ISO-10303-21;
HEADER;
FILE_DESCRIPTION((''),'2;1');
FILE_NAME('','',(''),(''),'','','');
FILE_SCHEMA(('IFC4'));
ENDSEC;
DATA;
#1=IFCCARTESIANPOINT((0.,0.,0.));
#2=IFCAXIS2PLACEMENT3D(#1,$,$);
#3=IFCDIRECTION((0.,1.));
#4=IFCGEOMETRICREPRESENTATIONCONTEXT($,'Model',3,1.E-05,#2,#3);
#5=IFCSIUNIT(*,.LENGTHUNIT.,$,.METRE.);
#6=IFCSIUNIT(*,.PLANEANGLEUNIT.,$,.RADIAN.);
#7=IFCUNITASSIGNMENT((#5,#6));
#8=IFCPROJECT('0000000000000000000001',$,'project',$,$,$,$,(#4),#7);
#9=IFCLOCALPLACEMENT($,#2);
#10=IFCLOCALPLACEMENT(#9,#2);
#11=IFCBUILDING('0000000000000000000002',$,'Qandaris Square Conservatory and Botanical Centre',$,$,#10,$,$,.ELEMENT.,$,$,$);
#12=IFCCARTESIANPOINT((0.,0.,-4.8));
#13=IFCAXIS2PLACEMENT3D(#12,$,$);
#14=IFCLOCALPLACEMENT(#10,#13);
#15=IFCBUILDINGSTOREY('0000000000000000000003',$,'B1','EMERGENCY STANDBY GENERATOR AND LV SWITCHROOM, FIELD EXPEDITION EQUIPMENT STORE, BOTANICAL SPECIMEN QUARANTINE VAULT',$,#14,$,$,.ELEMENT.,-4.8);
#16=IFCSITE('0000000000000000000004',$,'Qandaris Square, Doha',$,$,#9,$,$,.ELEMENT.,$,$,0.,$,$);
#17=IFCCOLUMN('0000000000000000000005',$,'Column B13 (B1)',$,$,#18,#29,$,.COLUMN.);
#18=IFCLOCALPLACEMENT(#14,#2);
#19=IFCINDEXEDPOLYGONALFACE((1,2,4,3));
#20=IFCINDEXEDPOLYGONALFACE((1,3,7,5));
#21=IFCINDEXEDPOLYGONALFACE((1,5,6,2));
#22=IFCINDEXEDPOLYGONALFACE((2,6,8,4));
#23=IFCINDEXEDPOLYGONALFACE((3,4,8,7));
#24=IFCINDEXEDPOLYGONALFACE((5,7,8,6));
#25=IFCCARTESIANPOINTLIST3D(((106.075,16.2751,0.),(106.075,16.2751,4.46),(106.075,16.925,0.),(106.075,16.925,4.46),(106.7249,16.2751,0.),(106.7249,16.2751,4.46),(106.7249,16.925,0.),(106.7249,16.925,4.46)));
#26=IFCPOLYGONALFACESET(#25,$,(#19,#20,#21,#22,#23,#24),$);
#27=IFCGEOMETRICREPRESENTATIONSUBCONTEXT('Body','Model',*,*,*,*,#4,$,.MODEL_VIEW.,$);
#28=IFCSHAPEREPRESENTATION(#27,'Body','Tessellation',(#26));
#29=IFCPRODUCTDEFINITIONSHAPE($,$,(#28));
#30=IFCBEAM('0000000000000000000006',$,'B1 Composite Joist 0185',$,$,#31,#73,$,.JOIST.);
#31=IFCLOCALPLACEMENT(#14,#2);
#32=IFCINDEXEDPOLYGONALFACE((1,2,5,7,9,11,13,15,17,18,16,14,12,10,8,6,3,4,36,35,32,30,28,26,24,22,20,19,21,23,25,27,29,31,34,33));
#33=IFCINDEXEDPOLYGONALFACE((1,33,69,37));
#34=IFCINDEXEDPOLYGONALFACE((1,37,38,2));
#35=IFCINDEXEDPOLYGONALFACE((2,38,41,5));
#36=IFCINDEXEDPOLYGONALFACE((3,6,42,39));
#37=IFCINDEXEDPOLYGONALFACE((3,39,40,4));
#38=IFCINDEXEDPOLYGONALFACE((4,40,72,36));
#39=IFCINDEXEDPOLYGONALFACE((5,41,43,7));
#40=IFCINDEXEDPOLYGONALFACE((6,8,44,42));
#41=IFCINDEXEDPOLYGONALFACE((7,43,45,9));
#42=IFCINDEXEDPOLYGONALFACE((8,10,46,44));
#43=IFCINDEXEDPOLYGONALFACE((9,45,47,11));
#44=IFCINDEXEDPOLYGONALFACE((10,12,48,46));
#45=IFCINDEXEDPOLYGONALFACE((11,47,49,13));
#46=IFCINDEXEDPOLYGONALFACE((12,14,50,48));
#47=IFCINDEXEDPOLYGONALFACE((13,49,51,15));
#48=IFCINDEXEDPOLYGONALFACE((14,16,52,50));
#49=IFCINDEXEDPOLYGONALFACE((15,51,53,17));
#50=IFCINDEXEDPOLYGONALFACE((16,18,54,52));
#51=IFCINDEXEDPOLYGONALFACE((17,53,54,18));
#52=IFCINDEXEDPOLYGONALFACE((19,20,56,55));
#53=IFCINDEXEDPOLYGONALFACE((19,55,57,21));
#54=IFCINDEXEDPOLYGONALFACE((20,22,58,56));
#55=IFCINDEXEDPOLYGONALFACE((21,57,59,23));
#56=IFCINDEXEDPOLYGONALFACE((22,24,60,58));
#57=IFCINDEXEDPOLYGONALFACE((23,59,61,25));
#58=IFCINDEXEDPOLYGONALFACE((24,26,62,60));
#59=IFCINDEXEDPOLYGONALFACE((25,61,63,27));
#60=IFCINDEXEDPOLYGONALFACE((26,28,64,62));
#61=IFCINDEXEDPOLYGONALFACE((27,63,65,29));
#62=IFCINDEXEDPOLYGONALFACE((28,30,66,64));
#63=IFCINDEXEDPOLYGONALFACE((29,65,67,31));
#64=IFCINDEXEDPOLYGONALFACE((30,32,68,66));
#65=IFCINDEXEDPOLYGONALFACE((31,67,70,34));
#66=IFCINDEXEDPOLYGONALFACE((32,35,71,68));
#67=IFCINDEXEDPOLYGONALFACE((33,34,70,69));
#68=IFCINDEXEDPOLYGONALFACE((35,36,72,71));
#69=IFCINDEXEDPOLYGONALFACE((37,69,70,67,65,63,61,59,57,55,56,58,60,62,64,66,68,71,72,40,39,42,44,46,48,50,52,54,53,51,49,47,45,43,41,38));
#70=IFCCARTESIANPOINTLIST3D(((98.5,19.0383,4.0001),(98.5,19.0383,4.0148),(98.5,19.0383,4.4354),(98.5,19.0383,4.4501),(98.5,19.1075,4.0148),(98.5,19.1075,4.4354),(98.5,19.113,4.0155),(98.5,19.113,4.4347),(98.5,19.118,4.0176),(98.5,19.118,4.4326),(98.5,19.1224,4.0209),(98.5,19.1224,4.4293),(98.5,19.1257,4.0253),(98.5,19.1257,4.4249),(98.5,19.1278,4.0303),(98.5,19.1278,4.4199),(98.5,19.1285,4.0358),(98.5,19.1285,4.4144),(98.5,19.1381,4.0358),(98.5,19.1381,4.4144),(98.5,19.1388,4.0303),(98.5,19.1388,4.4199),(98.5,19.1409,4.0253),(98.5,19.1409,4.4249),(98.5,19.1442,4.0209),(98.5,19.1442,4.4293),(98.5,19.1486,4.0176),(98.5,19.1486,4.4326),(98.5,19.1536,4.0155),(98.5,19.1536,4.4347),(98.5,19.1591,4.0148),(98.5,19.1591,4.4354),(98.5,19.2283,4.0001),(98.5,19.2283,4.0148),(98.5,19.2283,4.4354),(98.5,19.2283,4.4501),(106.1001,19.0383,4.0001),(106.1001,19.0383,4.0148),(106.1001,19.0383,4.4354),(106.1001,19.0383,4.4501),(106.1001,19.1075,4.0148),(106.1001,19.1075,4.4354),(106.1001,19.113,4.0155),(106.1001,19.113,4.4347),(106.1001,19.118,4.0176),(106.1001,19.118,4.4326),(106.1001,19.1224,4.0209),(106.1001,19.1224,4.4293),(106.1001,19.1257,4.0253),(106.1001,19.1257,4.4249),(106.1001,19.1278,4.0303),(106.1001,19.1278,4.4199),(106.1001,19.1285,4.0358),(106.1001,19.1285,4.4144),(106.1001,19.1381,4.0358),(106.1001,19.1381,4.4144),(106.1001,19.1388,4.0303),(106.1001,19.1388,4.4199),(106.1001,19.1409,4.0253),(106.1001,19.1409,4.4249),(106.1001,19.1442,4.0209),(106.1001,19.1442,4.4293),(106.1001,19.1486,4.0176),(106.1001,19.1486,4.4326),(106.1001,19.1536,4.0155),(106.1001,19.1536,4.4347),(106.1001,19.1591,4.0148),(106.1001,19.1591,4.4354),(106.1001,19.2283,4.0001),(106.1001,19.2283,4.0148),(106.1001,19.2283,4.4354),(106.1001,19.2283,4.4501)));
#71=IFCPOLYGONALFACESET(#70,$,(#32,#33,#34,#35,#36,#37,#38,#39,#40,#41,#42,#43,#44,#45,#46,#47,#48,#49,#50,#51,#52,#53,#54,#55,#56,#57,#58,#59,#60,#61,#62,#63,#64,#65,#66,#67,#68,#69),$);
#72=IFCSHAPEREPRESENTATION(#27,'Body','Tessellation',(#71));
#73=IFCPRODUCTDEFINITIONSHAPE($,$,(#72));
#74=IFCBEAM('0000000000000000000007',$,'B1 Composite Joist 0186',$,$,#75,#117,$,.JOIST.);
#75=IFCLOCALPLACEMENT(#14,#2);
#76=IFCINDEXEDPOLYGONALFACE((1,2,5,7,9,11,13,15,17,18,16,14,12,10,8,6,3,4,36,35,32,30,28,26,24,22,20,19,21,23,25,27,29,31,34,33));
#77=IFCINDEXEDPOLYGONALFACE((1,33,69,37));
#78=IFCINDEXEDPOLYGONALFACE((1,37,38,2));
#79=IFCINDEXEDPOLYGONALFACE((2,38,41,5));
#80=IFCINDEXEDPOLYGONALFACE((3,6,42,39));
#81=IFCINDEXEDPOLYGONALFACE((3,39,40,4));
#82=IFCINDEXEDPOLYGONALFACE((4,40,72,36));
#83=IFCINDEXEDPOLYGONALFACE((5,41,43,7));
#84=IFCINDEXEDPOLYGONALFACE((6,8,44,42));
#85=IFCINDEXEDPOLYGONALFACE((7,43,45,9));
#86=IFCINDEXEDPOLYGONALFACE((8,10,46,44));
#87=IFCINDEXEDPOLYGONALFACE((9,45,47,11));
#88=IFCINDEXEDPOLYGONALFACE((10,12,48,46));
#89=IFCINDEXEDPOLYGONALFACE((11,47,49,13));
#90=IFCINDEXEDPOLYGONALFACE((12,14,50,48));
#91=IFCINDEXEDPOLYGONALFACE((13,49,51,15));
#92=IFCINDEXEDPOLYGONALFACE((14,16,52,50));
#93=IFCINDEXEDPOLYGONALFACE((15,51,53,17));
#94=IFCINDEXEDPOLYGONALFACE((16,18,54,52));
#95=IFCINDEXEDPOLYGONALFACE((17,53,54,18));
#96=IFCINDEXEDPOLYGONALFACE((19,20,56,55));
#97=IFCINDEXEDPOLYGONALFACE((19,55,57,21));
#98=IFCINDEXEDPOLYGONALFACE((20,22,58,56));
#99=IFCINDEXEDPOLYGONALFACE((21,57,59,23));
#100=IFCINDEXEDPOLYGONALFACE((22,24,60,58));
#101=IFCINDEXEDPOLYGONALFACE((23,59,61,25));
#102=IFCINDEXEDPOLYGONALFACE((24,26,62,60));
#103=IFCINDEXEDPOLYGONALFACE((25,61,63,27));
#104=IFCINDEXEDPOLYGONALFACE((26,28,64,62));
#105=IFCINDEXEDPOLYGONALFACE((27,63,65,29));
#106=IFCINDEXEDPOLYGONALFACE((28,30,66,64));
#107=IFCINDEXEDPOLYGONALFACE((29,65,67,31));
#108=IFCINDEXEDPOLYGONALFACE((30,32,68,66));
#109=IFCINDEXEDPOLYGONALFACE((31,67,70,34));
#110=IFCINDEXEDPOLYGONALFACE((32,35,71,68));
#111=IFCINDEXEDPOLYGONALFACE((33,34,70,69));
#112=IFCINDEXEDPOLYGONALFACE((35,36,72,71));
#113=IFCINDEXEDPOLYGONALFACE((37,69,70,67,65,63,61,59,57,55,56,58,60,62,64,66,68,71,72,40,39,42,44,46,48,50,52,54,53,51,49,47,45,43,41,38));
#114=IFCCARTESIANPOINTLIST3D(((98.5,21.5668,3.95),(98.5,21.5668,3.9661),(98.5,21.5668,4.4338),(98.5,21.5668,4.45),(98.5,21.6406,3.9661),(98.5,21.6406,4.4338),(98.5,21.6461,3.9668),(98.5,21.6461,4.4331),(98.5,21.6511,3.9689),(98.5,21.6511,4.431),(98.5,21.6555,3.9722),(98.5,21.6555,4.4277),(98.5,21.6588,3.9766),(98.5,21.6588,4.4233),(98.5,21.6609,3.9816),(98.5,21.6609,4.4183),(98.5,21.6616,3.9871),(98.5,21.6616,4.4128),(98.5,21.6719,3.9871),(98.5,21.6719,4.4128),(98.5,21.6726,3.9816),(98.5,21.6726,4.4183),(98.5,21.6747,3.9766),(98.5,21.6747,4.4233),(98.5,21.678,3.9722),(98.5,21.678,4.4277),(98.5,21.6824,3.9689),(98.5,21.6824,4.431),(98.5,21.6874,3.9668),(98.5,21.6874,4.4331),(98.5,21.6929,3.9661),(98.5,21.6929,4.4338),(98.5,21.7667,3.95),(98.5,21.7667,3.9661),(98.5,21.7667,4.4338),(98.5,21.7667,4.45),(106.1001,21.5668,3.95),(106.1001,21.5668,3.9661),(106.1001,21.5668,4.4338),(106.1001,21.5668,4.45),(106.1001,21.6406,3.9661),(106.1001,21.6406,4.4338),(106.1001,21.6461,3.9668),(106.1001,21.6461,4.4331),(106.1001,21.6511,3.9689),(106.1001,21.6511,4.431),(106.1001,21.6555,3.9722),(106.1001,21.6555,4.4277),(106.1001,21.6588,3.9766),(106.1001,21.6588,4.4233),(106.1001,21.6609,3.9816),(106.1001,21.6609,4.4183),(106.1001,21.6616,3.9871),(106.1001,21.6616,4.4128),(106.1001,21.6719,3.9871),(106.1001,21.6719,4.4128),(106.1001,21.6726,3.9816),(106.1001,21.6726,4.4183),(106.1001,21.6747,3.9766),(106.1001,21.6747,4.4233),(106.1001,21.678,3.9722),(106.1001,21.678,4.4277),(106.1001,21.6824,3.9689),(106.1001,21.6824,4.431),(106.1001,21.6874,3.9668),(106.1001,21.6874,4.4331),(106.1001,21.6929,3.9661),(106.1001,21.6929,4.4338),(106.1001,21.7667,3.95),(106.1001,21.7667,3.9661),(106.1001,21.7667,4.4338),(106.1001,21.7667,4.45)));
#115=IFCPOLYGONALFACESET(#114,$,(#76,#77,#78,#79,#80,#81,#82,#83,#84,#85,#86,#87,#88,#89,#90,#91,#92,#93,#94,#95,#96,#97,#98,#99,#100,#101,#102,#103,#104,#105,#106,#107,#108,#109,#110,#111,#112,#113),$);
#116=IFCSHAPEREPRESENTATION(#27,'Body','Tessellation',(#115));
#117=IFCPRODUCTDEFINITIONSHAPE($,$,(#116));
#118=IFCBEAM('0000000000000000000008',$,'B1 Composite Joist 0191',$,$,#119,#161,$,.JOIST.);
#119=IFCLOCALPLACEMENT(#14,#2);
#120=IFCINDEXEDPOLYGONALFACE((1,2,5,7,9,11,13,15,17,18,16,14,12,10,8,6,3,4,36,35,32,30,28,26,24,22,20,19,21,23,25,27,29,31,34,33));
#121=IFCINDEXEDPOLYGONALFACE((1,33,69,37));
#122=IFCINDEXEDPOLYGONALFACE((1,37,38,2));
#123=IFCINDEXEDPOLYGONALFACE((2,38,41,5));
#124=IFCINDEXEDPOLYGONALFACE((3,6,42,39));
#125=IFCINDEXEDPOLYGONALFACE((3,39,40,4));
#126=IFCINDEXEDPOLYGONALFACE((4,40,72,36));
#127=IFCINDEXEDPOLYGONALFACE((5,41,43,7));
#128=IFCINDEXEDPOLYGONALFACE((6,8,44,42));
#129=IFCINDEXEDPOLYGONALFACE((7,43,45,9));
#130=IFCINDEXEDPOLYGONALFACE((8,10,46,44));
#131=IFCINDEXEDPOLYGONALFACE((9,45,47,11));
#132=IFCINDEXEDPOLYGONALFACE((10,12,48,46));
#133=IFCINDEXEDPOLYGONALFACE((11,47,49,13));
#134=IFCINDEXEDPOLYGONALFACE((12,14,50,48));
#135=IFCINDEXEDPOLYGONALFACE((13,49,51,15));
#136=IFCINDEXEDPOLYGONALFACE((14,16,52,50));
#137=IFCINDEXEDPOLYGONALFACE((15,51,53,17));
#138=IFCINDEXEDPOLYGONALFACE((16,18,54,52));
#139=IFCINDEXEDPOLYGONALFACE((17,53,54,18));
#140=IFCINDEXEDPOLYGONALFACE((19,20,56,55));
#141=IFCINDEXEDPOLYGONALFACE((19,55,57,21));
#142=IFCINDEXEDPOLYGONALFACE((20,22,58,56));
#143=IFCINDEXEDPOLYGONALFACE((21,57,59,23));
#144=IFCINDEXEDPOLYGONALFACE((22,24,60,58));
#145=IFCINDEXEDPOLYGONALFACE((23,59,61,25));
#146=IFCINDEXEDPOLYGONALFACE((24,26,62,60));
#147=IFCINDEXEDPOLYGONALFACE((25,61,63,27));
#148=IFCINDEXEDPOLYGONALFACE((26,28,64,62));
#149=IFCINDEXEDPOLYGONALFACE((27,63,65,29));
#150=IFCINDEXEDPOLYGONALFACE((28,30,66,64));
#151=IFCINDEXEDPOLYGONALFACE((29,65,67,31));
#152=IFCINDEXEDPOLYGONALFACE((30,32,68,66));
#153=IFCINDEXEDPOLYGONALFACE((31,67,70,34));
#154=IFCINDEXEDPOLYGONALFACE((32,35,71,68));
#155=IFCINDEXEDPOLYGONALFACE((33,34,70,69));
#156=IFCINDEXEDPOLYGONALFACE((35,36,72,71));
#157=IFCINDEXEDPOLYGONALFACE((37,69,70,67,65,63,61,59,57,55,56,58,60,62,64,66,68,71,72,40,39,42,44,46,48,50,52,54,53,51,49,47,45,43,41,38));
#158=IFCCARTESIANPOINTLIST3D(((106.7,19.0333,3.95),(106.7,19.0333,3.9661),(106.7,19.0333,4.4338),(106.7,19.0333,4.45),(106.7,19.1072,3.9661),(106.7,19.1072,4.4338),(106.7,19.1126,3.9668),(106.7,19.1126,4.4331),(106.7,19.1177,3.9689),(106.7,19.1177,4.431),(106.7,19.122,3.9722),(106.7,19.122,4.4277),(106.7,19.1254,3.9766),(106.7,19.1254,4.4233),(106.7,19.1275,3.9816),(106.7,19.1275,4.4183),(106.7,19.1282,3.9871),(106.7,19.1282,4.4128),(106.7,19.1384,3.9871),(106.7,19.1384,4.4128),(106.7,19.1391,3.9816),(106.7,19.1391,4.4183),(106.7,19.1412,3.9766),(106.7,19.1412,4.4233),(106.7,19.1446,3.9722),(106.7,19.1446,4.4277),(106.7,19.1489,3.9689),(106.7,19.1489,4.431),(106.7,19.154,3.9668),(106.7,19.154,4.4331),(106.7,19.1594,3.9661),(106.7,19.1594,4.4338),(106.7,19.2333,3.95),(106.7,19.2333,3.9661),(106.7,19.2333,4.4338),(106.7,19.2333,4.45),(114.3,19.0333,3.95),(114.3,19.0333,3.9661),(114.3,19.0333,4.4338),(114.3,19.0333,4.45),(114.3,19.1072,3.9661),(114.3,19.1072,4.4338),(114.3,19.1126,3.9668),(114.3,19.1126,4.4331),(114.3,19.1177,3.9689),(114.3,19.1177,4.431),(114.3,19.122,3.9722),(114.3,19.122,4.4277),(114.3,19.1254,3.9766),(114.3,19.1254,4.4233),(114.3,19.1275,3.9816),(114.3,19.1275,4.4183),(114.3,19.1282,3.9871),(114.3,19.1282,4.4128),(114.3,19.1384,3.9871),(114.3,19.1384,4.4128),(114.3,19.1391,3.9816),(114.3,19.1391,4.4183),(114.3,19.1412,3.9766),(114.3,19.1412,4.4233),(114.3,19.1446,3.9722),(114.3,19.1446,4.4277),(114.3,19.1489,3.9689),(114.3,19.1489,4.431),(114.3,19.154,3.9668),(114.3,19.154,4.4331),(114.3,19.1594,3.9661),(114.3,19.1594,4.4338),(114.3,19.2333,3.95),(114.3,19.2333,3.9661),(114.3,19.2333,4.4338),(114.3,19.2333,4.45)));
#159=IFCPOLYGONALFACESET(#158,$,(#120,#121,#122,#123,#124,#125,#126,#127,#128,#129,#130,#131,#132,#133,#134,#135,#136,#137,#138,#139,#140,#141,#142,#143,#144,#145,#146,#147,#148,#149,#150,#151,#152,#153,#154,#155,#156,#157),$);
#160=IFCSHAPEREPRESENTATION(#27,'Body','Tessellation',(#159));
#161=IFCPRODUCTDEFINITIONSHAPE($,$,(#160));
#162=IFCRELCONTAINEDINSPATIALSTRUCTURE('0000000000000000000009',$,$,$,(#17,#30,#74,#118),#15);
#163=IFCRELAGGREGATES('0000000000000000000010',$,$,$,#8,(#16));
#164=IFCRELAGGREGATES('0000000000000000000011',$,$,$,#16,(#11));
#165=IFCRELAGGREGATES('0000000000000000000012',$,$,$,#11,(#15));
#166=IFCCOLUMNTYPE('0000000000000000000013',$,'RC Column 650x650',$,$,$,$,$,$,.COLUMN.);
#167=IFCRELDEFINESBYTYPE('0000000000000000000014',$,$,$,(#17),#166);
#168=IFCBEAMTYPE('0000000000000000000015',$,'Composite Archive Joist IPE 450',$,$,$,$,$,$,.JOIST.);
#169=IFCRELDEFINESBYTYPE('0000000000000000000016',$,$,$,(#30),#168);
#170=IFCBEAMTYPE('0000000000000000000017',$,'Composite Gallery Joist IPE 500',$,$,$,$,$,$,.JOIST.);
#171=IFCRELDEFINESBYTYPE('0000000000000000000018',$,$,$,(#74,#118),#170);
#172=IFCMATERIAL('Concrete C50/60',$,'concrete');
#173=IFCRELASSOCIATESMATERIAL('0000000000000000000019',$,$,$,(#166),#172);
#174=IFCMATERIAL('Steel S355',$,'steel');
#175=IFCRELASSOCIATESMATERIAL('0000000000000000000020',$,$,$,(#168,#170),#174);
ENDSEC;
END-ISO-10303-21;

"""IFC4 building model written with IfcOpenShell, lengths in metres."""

from ifc_helpers import new_model, si_unit, direction, frame, origin, origin_2d, place, context, subcontext, project, spatial, rectangle, i_section, extrude, material, material_profile, profile_set, type_object, element, save


model = new_model("IFC4")

# Units and contexts
model_context = context("Model", 3, precision=1e-05, world=origin(), true_north=direction((0.0, 1.0)))
body_context = subcontext(model_context, "Body", "Model", "MODEL_VIEW")
ifc_project = project(units=[si_unit("LENGTHUNIT", "METRE"), si_unit("PLANEANGLEUNIT", "RADIAN")], contexts=[model_context])

# Site, building, storey
site_placement = place(None, origin())
site = spatial("IfcSite", under=ifc_project, at=site_placement, Name="Qandaris Square, Doha", CompositionType="ELEMENT", RefElevation=0.0)
building_placement = place(site_placement, origin())
building = spatial("IfcBuilding", under=site, at=building_placement, Name="Qandaris Square Conservatory and Botanical Centre", CompositionType="ELEMENT")
storey_placement = place(building_placement, frame((0.0, 0.0, -4.8)))
storey = spatial("IfcBuildingStorey", under=building, at=storey_placement, Name="B1", Description="EMERGENCY STANDBY GENERATOR AND LV SWITCHROOM, FIELD EXPEDITION EQUIPMENT STORE, BOTANICAL SPECIMEN QUARANTINE VAULT", CompositionType="ELEMENT", Elevation=-4.8)

# Shared definitions
ifc_material_1 = material(Name="Concrete C50/60", Category="concrete")

# Column
ifc_material_profile_1 = material_profile(ifc_material_1, rectangle(XDim=0.6499, YDim=0.6499, at=origin_2d()), Name="RC-COL 650x650")
ifc_profile_set_1 = profile_set([ifc_material_profile_1], Name="Concrete C50/60")
column_type_1 = type_object("IfcColumnType", Name="RC Column 650x650", PredefinedType="COLUMN", material=ifc_profile_set_1)
for number, where, z_axis, x_axis, name in (
    (1, (106.3999, 16.6001, 0.0), (0.0, 0.0, 1.0), (1.0, 0.0, 0.0), "Column B13 (B1)"),
):
    element("IfcColumn", number, at=place(storey_placement, frame(where, z_axis=z_axis, x_axis=x_axis)), inside=storey, type_object=column_type_1, Name=name, PredefinedType="COLUMN", context=body_context, shape_type="SweptSolid", body=[
        extrude(rectangle(XDim=0.6499, YDim=0.6499, at=origin_2d()), origin(), (0.0, 0.0, 1.0), 4.46),
    ])

# Beams
ifc_material_2 = material(Name="Steel S355", Category="steel")
ifc_material_profile_2 = material_profile(ifc_material_2, i_section(OverallWidth=0.1899, OverallDepth=0.45, WebThickness=0.0095, FlangeThickness=0.0146, FilletRadius=0.021, at=origin_2d()), Name="IPE 450")
ifc_profile_set_2 = profile_set([ifc_material_profile_2], Name="Steel S355")
beam_type_1 = type_object("IfcBeamType", Name="Composite Archive Joist IPE 450", PredefinedType="JOIST", material=ifc_profile_set_2)
beam_1_placement = place(storey_placement, frame((98.5, 19.1333, 4.2251), z_axis=(1.0, 0.0, 0.0), x_axis=(0.0, 1.0, 0.0)))
element("IfcBeam", 2, at=beam_1_placement, inside=storey, type_object=beam_type_1, Name="B1 Composite Joist 0185", PredefinedType="JOIST", context=body_context, shape_type="SweptSolid", body=[
    extrude(i_section(OverallWidth=0.1899, OverallDepth=0.45, WebThickness=0.0095, FlangeThickness=0.0146, FilletRadius=0.021, at=origin_2d()), origin(), (0.0, 0.0, 1.0), 7.6001),
])
ifc_material_profile_3 = material_profile(ifc_material_2, i_section(OverallWidth=0.2, OverallDepth=0.5, WebThickness=0.0103, FlangeThickness=0.0161, FilletRadius=0.021, at=origin_2d()), Name="IPE 500")
ifc_profile_set_3 = profile_set([ifc_material_profile_3], Name="Steel S355")
beam_type_2 = type_object("IfcBeamType", Name="Composite Gallery Joist IPE 500", PredefinedType="JOIST", material=ifc_profile_set_3)
for number, where, z_axis, x_axis, name in (
    (3, (98.5, 21.6667, 4.2), (1.0, 0.0, 0.0), (0.0, 1.0, 0.0), "B1 Composite Joist 0186"),
    (4, (106.7, 19.1333, 4.2), (1.0, 0.0, 0.0), (0.0, 1.0, 0.0), "B1 Composite Joist 0191"),
):
    element("IfcBeam", number, at=place(storey_placement, frame(where, z_axis=z_axis, x_axis=x_axis)), inside=storey, type_object=beam_type_2, Name=name, PredefinedType="JOIST", context=body_context, shape_type="SweptSolid", body=[
        extrude(i_section(OverallWidth=0.2, OverallDepth=0.5, WebThickness=0.0103, FlangeThickness=0.0161, FilletRadius=0.021, at=origin_2d()), origin(), (0.0, 0.0, 1.0), 7.6001),
    ])

save(model, "model.ifc")
